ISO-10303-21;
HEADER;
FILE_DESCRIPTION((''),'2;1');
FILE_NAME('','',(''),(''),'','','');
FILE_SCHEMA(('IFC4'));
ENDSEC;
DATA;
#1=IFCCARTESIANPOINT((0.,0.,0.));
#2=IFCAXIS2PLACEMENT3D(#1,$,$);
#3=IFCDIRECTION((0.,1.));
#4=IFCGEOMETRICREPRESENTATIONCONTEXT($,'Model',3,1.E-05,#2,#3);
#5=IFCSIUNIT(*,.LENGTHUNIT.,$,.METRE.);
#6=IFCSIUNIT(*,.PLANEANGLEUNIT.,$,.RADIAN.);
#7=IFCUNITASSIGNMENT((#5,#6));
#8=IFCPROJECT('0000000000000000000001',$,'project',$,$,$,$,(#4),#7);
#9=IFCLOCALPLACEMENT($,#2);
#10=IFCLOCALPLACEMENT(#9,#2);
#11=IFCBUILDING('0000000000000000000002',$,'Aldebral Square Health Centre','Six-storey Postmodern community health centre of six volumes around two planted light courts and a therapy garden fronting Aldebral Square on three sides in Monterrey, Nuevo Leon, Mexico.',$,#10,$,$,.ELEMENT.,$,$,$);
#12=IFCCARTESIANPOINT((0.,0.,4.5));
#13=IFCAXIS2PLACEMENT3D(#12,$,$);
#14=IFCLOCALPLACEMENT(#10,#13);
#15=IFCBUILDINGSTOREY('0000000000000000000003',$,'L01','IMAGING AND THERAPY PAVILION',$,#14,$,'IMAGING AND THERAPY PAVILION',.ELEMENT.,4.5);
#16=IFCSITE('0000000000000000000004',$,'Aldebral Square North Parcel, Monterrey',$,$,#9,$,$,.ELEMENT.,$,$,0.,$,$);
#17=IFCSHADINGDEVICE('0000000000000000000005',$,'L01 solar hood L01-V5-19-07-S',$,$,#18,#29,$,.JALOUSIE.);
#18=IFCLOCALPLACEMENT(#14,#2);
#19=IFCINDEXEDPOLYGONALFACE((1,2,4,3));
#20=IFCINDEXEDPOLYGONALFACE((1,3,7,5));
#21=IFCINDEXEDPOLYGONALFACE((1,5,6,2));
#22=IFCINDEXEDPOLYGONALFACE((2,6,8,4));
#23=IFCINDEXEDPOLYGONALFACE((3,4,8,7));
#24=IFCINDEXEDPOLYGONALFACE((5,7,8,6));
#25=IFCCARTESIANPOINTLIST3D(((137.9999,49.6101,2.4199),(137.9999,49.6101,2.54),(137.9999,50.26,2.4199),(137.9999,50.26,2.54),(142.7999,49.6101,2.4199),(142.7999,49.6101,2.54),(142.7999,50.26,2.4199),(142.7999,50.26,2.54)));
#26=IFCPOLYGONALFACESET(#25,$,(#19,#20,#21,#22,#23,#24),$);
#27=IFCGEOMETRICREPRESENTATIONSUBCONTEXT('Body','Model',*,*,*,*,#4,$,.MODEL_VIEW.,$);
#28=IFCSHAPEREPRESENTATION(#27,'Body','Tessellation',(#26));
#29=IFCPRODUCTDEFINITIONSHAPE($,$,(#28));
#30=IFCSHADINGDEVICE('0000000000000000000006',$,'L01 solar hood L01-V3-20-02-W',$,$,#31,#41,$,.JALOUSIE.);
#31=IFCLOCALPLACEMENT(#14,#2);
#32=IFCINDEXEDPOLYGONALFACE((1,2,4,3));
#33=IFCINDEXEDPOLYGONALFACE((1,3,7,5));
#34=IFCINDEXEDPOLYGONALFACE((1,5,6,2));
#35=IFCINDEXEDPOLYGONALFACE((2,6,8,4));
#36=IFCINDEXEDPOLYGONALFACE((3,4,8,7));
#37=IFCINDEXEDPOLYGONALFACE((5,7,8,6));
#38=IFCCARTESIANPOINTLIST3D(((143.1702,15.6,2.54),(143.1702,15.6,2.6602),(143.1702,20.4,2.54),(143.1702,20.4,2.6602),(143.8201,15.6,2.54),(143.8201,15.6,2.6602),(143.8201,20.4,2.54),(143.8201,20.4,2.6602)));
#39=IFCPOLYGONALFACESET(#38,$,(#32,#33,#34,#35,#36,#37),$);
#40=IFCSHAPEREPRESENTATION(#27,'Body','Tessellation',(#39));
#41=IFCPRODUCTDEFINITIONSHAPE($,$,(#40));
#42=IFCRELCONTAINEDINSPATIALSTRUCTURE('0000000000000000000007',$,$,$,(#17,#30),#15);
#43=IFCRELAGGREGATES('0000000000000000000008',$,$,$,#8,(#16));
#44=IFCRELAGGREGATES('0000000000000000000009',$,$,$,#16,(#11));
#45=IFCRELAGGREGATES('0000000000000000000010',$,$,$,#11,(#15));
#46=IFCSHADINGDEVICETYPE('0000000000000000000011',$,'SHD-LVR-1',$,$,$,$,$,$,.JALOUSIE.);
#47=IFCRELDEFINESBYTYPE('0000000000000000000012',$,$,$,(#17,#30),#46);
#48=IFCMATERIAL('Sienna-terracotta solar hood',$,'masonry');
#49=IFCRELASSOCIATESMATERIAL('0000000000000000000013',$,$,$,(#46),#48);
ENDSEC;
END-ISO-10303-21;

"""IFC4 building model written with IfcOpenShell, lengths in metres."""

from ifc_helpers import new_model, si_unit, direction, frame, origin, origin_2d, place, context, subcontext, project, spatial, rectangle, extrude, material, type_object, element, save


model = new_model("IFC4")

# Units and contexts
model_context = context("Model", 3, precision=1e-05, world=origin(), true_north=direction((0.0, 1.0)))
body_context = subcontext(model_context, "Body", "Model", "MODEL_VIEW")
ifc_project = project(units=[si_unit("LENGTHUNIT", "METRE"), si_unit("PLANEANGLEUNIT", "RADIAN")], contexts=[model_context])

# Site, building, storey
site_placement = place(None, origin())
site = spatial("IfcSite", under=ifc_project, at=site_placement, Name="Aldebral Square North Parcel, Monterrey", CompositionType="ELEMENT", RefElevation=0.0)
building_placement = place(site_placement, origin())
building = spatial("IfcBuilding", under=site, at=building_placement, Name="Aldebral Square Health Centre", Description="Six-storey Postmodern community health centre of six volumes around two planted light courts and a therapy garden fronting Aldebral Square on three sides in Monterrey, Nuevo Leon, Mexico.", CompositionType="ELEMENT")
storey_placement = place(building_placement, frame((0.0, 0.0, 4.5)))
storey = spatial("IfcBuildingStorey", under=building, at=storey_placement, Name="L01", Description="IMAGING AND THERAPY PAVILION", LongName="IMAGING AND THERAPY PAVILION", CompositionType="ELEMENT", Elevation=4.5)

# Shading devices
ifc_material_1 = material(Name="Sienna-terracotta solar hood", Category="masonry")
shading_device_type = type_object("IfcShadingDeviceType", Name="SHD-LVR-1", PredefinedType="JALOUSIE", material=ifc_material_1)
for number, where, z_axis, x_axis, name in (
    (1, (140.3999, 49.9351, 2.4199), (0.0, 0.0, 1.0), (1.0, 0.0, 0.0), "L01 solar hood L01-V5-19-07-S"),
    (2, (143.4951, 18.0, 2.54), (0.0, 0.0, 1.0), (0.0, 1.0, 0.0), "L01 solar hood L01-V3-20-02-W"),
):
    element("IfcShadingDevice", number, at=place(storey_placement, frame(where, z_axis=z_axis, x_axis=x_axis)), inside=storey, type_object=shading_device_type, Name=name, PredefinedType="JALOUSIE", context=body_context, shape_type="SweptSolid", body=[
        extrude(rectangle(XDim=4.8, YDim=0.6499, at=origin_2d()), origin(), (0.0, 0.0, 1.0), 0.1201),
    ])

save(model, "model.ifc")
